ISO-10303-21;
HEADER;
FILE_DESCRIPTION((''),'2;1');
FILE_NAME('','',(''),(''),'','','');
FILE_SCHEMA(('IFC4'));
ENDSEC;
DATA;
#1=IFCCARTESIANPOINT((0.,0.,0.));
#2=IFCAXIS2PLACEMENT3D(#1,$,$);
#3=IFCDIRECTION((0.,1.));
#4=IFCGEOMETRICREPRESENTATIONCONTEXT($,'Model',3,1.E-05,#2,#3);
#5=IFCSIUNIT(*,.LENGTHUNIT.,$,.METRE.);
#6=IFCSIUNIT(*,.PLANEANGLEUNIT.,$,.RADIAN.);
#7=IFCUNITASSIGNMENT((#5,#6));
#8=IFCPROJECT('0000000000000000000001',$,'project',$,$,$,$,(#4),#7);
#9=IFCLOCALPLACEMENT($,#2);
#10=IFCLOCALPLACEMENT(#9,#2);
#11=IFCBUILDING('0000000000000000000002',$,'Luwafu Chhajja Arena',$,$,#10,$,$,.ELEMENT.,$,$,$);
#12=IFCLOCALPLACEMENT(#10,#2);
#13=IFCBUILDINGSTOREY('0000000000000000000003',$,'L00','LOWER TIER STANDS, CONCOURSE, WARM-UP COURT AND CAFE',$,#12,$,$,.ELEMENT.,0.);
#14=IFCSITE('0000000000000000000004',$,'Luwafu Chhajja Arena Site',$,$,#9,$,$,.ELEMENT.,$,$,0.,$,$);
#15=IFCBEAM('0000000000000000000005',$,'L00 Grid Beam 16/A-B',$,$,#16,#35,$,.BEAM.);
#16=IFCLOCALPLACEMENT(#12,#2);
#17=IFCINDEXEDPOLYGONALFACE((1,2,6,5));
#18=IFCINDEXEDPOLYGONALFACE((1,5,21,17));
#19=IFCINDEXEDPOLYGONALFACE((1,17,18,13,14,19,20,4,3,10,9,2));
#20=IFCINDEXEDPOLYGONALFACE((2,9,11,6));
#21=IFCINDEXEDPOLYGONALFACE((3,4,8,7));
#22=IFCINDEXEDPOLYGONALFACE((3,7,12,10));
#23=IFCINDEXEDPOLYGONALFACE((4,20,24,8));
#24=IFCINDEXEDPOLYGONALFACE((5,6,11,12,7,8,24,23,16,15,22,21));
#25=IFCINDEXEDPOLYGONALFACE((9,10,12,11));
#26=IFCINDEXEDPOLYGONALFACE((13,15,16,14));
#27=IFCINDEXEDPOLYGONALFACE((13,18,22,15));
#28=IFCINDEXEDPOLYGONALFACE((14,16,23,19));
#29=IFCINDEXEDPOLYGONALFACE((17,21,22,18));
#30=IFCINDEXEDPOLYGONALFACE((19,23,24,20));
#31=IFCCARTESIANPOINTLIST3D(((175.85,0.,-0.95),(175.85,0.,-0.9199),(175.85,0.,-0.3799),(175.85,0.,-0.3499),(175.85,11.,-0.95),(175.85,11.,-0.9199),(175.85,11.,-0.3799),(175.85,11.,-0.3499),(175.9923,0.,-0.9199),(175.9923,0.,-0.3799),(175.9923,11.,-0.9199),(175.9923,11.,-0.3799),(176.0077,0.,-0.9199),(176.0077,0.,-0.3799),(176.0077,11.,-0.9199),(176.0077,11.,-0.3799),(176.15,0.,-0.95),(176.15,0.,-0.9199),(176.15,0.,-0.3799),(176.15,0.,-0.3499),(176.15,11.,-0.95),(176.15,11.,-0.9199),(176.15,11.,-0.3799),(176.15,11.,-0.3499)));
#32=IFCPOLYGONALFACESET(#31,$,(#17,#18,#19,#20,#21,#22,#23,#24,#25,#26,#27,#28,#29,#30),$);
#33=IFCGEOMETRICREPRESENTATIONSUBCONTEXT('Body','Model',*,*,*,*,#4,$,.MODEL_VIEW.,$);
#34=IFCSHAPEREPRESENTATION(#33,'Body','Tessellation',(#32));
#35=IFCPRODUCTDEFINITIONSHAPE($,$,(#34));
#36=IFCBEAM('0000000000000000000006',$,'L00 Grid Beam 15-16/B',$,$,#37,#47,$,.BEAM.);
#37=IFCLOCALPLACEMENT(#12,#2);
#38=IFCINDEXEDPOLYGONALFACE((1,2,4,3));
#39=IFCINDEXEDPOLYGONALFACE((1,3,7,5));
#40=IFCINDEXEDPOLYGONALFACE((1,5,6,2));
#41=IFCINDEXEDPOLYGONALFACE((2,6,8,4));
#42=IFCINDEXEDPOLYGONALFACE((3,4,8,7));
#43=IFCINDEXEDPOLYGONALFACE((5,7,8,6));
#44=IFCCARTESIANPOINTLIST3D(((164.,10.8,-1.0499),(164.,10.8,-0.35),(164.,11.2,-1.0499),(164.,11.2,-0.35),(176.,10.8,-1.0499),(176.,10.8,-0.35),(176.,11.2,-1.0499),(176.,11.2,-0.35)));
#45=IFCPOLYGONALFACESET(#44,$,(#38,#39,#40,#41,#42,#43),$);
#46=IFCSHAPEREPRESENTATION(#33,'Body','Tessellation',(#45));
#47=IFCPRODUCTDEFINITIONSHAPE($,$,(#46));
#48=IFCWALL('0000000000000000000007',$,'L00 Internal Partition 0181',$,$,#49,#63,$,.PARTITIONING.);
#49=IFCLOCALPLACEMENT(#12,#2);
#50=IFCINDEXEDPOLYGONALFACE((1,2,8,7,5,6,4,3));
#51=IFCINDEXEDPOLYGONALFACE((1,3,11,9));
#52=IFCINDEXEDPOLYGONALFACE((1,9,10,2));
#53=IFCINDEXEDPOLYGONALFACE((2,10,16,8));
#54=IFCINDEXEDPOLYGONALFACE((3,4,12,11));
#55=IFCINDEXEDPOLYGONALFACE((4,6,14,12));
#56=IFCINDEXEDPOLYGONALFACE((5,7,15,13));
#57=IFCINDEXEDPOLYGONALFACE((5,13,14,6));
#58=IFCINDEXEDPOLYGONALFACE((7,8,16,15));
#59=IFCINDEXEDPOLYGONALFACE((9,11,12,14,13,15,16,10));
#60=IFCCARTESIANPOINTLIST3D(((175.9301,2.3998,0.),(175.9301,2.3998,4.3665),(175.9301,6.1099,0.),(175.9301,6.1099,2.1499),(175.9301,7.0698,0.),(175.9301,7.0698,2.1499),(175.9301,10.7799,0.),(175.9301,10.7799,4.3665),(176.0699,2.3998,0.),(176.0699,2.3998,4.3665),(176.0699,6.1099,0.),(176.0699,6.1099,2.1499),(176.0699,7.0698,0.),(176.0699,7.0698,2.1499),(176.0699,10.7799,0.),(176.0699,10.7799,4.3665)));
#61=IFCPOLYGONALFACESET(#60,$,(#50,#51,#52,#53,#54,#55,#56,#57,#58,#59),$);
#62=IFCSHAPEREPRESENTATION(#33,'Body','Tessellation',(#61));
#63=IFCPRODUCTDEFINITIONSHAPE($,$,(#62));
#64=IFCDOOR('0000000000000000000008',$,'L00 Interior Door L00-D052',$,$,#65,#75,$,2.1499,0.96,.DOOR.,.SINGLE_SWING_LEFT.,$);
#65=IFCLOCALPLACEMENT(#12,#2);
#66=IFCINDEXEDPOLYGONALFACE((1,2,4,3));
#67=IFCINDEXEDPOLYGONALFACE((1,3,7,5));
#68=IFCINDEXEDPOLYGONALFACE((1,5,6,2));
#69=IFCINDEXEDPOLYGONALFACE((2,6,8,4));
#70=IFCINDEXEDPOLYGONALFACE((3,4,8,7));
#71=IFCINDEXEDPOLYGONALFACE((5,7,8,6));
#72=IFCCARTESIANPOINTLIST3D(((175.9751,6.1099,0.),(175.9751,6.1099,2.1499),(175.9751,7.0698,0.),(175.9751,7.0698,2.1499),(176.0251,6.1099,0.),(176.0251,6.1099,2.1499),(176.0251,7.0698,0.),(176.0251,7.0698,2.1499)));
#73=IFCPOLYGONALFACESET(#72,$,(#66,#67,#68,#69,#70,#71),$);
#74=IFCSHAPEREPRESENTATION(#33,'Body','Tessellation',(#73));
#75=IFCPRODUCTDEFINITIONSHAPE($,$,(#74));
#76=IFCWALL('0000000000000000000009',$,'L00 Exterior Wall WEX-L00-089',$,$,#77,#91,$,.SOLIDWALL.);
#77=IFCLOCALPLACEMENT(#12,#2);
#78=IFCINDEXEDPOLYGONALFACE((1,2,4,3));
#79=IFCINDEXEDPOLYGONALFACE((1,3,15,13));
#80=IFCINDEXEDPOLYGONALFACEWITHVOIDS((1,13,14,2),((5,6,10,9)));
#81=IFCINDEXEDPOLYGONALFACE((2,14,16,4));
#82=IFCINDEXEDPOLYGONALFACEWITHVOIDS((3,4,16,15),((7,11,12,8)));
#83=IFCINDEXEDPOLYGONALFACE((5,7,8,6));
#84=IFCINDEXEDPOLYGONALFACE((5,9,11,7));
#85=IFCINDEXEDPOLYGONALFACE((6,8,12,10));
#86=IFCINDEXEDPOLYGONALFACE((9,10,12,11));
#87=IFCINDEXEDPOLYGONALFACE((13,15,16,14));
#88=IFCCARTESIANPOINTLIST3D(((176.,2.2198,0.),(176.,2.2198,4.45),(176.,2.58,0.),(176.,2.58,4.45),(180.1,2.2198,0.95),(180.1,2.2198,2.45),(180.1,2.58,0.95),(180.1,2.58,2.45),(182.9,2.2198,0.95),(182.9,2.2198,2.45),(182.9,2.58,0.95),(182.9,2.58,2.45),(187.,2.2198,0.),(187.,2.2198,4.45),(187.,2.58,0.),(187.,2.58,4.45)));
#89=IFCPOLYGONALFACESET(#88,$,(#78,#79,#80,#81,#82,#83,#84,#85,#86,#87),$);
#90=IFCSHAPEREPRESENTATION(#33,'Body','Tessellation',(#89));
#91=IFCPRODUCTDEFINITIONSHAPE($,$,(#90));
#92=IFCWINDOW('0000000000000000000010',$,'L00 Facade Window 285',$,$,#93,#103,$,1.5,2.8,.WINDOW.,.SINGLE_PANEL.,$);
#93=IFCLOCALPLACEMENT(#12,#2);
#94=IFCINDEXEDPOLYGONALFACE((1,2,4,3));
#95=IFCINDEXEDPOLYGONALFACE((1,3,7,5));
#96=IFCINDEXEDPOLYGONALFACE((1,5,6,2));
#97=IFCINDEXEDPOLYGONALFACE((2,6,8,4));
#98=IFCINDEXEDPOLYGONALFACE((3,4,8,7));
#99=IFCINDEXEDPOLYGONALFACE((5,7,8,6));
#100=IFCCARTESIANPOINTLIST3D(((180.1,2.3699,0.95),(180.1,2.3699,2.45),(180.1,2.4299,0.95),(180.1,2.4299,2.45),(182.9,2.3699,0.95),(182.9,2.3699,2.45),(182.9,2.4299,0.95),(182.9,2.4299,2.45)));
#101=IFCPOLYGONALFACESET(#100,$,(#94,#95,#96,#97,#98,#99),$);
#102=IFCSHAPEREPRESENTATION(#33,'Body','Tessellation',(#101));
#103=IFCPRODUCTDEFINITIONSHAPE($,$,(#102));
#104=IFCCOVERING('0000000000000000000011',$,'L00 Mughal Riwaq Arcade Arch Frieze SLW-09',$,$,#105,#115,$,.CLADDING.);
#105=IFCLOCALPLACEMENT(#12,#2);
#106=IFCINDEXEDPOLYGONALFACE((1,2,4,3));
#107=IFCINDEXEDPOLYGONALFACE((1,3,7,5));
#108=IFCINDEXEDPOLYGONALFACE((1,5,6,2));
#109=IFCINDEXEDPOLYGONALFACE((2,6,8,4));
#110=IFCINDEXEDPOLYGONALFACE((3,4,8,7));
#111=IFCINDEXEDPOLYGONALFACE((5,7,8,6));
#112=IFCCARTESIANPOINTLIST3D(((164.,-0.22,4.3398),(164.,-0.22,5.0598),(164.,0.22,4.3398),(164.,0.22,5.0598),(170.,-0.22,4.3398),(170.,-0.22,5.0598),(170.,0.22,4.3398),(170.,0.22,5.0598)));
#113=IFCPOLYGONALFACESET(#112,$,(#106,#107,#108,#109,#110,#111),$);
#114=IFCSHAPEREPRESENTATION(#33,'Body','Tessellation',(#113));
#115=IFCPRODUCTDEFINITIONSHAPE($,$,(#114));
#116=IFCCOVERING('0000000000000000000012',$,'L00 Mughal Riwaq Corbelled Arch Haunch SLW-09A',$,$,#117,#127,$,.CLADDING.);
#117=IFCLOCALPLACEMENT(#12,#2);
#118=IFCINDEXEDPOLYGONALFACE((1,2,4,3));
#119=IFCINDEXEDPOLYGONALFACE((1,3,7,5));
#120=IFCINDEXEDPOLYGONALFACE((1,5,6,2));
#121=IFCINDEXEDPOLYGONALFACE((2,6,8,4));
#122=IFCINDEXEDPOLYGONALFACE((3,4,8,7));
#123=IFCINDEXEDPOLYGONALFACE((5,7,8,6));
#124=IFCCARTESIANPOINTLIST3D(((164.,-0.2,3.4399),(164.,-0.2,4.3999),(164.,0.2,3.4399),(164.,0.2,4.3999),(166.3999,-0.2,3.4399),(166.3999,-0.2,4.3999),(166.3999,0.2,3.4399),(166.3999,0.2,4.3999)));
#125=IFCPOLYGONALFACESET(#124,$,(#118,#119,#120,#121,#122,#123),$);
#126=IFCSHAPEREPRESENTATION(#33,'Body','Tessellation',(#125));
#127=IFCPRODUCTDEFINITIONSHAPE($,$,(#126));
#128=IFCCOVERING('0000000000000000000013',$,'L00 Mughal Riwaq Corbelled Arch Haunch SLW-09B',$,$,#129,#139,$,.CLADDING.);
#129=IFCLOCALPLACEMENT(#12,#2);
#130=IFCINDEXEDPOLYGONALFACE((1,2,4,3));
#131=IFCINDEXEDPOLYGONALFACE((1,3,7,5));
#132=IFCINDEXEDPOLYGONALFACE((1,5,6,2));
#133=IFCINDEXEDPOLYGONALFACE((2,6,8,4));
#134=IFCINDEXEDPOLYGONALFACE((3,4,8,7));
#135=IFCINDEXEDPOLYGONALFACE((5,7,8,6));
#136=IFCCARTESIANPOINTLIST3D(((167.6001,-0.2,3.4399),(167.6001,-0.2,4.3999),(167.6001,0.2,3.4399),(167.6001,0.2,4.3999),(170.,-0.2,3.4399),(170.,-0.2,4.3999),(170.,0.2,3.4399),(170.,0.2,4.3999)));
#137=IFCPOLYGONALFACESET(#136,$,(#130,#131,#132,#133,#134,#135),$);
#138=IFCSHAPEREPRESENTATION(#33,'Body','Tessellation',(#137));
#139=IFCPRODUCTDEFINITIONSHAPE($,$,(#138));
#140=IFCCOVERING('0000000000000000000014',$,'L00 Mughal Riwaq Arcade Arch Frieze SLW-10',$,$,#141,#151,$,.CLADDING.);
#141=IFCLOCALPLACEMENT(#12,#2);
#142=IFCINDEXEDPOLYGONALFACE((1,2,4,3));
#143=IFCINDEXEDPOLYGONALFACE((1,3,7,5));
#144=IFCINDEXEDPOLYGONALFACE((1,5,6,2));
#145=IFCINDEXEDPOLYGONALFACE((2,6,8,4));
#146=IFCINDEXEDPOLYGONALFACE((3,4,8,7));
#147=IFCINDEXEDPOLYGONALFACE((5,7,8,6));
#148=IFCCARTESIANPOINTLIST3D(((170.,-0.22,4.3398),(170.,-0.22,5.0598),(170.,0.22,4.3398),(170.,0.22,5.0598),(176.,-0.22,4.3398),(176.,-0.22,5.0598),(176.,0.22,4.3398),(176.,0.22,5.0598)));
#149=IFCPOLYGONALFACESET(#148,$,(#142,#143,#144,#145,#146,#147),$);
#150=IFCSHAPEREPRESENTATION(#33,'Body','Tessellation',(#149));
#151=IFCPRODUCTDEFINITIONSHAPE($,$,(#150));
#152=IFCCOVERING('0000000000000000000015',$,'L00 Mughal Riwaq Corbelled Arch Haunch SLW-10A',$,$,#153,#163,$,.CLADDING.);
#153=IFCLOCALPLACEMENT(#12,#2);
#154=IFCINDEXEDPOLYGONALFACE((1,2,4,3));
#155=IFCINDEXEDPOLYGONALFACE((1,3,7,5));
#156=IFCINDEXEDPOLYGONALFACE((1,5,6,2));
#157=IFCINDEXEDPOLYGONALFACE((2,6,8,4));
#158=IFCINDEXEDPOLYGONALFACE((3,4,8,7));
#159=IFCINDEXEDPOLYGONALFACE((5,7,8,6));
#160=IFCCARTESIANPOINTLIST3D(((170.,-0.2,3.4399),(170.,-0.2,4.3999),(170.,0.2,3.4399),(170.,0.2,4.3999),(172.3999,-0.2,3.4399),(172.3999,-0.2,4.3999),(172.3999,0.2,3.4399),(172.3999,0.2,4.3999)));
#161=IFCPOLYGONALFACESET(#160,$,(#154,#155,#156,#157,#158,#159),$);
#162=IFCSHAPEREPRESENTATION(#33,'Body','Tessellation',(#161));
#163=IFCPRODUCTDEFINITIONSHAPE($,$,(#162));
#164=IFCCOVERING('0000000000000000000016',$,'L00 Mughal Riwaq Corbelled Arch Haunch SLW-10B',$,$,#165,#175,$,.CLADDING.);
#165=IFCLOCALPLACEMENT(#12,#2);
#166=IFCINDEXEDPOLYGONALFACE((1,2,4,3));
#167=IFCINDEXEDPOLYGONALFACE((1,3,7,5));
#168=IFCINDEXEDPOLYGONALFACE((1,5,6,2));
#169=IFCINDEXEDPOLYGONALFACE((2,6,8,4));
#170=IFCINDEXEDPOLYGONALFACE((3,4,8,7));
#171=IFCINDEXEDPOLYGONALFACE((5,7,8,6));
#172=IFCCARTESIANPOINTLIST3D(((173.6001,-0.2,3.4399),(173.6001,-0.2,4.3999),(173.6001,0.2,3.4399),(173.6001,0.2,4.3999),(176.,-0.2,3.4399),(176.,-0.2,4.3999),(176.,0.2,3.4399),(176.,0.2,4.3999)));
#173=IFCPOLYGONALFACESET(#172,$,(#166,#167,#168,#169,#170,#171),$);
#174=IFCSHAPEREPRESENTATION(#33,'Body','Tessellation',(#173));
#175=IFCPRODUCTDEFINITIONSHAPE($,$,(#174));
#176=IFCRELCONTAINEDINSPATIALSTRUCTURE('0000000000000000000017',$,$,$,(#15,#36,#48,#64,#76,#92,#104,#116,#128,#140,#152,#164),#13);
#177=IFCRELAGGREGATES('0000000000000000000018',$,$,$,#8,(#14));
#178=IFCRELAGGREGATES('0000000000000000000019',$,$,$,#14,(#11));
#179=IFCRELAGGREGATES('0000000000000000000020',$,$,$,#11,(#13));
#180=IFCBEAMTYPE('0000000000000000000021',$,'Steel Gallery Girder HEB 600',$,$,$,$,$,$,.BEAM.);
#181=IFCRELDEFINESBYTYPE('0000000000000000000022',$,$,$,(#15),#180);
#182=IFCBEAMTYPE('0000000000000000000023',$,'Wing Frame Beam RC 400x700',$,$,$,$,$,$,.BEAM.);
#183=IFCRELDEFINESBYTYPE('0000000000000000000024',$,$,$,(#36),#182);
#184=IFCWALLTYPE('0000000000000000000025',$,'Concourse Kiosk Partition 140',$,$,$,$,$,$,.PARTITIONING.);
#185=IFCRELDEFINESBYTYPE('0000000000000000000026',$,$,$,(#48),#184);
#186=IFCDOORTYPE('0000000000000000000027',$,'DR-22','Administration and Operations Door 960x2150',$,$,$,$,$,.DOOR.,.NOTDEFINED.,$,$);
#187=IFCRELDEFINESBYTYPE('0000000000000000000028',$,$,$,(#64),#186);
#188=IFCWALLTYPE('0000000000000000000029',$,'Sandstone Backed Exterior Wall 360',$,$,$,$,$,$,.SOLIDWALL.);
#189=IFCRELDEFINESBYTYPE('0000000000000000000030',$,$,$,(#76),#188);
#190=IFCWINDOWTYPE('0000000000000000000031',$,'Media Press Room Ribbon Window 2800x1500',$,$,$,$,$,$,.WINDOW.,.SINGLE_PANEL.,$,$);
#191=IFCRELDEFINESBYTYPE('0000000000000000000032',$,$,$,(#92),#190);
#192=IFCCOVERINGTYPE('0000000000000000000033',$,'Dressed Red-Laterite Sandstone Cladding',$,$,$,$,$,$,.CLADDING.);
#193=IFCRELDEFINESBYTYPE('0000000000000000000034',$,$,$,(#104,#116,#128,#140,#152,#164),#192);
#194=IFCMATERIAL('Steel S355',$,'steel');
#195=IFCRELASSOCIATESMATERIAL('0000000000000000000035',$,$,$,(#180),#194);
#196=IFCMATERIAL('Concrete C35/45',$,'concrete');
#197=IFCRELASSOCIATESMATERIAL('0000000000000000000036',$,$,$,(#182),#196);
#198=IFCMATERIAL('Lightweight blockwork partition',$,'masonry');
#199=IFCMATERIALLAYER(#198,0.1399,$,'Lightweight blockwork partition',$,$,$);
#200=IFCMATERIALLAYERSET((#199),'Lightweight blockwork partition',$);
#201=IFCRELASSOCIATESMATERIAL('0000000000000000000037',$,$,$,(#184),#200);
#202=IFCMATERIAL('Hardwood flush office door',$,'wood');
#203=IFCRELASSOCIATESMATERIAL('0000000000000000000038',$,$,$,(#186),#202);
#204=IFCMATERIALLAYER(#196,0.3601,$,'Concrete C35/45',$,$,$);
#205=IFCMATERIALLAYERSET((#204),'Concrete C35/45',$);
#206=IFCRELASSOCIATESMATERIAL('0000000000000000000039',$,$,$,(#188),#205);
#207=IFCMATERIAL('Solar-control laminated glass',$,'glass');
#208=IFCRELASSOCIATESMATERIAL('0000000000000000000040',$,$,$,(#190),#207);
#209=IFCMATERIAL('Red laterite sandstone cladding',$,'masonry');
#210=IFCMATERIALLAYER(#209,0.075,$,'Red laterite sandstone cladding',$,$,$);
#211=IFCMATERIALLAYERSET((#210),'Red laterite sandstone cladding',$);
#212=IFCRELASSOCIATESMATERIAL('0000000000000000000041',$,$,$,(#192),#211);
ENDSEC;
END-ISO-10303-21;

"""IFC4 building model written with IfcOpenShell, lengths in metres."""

from ifc_helpers import new_model, si_unit, direction, frame, frame_2d, origin, origin_2d, place, context, subcontext, project, spatial, rectangle, i_section, extrude, material, layer, layer_set, material_profile, profile_set, type_object, element, fill, save


model = new_model("IFC4")

# Units and contexts
model_context = context("Model", 3, precision=1e-05, world=origin(), true_north=direction((0.0, 1.0)))
body_context = subcontext(model_context, "Body", "Model", "MODEL_VIEW")
ifc_project = project(units=[si_unit("LENGTHUNIT", "METRE"), si_unit("PLANEANGLEUNIT", "RADIAN")], contexts=[model_context])

# Site, building, storey
site_placement = place(None, origin())
site = spatial("IfcSite", under=ifc_project, at=site_placement, Name="Luwafu Chhajja Arena Site", CompositionType="ELEMENT", RefElevation=0.0)
building_placement = place(site_placement, origin())
building = spatial("IfcBuilding", under=site, at=building_placement, Name="Luwafu Chhajja Arena", CompositionType="ELEMENT")
storey_placement = place(building_placement, origin())
storey = spatial("IfcBuildingStorey", under=building, at=storey_placement, Name="L00", Description="LOWER TIER STANDS, CONCOURSE, WARM-UP COURT AND CAFE", CompositionType="ELEMENT", Elevation=0.0)

# Shared definitions
ifc_material_1 = material(Name="Concrete C35/45", Category="concrete")

# Beams
ifc_material_2 = material(Name="Steel S355", Category="steel")
ifc_material_profile_1 = material_profile(ifc_material_2, i_section(OverallWidth=0.3, OverallDepth=0.6001, WebThickness=0.0154, FlangeThickness=0.03, at=origin_2d()), Name="HEB 600")
ifc_profile_set_1 = profile_set([ifc_material_profile_1], Name="Steel S355")
beam_type_1 = type_object("IfcBeamType", Name="Steel Gallery Girder HEB 600", PredefinedType="BEAM", material=ifc_profile_set_1)
beam_1_placement = place(storey_placement, frame((176.0, 0.0, -0.6499), z_axis=(0.0, 1.0, 0.0), x_axis=(-1.0, 0.0, 0.0)))
element("IfcBeam", 1, at=beam_1_placement, inside=storey, type_object=beam_type_1, Name="L00 Grid Beam 16/A-B", PredefinedType="BEAM", context=body_context, shape_type="SweptSolid", body=[
    extrude(i_section(OverallWidth=0.3, OverallDepth=0.6001, WebThickness=0.0154, FlangeThickness=0.03, at=origin_2d()), origin(), (0.0, 0.0, 1.0), 11.0),
])
ifc_material_profile_2 = material_profile(ifc_material_1, rectangle(XDim=0.3999, YDim=0.7, at=origin_2d()), Name="RC 400x700")
ifc_profile_set_2 = profile_set([ifc_material_profile_2], Name="Concrete C35/45")
beam_type_2 = type_object("IfcBeamType", Name="Wing Frame Beam RC 400x700", PredefinedType="BEAM", material=ifc_profile_set_2)
beam_2_placement = place(storey_placement, frame((164.0, 11.0, -0.7), z_axis=(1.0, 0.0, 0.0), x_axis=(0.0, 1.0, 0.0)))
element("IfcBeam", 2, at=beam_2_placement, inside=storey, type_object=beam_type_2, Name="L00 Grid Beam 15-16/B", PredefinedType="BEAM", context=body_context, shape_type="SweptSolid", body=[
    extrude(rectangle(XDim=0.3999, YDim=0.7, at=origin_2d()), origin(), (0.0, 0.0, 1.0), 12.0),
])

# Wall, opening, door
ifc_material_3 = material(Name="Lightweight blockwork partition", Category="masonry")
ifc_layer_1 = layer(ifc_material_3, 0.1399, Name="Lightweight blockwork partition")
ifc_layer_set_1 = layer_set([ifc_layer_1], Name="Lightweight blockwork partition")
wall_type_1 = type_object("IfcWallType", Name="Concourse Kiosk Partition 140", PredefinedType="PARTITIONING", material=ifc_layer_set_1)
wall_1_placement = place(storey_placement, frame((176.0, 2.3999, 0.0), z_axis=(0.0, 0.0, 1.0), x_axis=(0.0, 1.0, 0.0)))
wall_1 = element("IfcWall", 3, at=wall_1_placement, inside=storey, type_object=wall_type_1, Name="L00 Internal Partition 0181", PredefinedType="PARTITIONING", context=body_context, shape_type="SweptSolid", body=[
    extrude(rectangle(XDim=8.3801, YDim=0.1399, at=frame_2d((4.1899, 0.0))), origin(), (0.0, 0.0, 1.0), 4.3665),
])
opening_1_placement = place(wall_1_placement, frame((3.71, 0.0, 0.0)))
opening_1 = element("IfcOpeningElement", 4, at=opening_1_placement, cuts=wall_1, PredefinedType="OPENING", context=body_context, shape_type="SweptSolid", body=[
    extrude(rectangle(XDim=0.96, YDim=2.1499, at=frame_2d((0.48, 1.075))), frame((0.0, 0.0798, 0.0), z_axis=(0.0, -1.0, 0.0), x_axis=(1.0, 0.0, 0.0)), (0.0, 0.0, 1.0), 0.1599),
])
ifc_material_4 = material(Name="Hardwood flush office door", Category="wood")
door_type = type_object("IfcDoorType", Name="DR-22", Description="Administration and Operations Door 960x2150", OperationType="NOTDEFINED", PredefinedType="DOOR", material=ifc_material_4)
door_placement = place(opening_1_placement, origin())
door = element("IfcDoor", 5, at=door_placement, inside=storey, type_object=door_type, Name="L00 Interior Door L00-D052", OperationType="SINGLE_SWING_LEFT", OverallHeight=2.1499, OverallWidth=0.96, PredefinedType="DOOR", context=body_context, shape_type="SweptSolid", body=[
    extrude(rectangle(XDim=0.96, YDim=2.1499, at=frame_2d((0.48, 1.075))), frame((0.0, 0.0249, 0.0), z_axis=(0.0, -1.0, 0.0), x_axis=(1.0, 0.0, 0.0)), (0.0, 0.0, 1.0), 0.05),
])
fill(opening_1, door)

# Wall, opening, window
ifc_layer_2 = layer(ifc_material_1, 0.3601, Name="Concrete C35/45")
ifc_layer_set_2 = layer_set([ifc_layer_2], Name="Concrete C35/45")
wall_type_2 = type_object("IfcWallType", Name="Sandstone Backed Exterior Wall 360", PredefinedType="SOLIDWALL", material=ifc_layer_set_2)
wall_2_placement = place(storey_placement, frame((176.0, 2.3999, 0.0), z_axis=(0.0, 0.0, 1.0), x_axis=(1.0, 0.0, 0.0)))
wall_2 = element("IfcWall", 6, at=wall_2_placement, inside=storey, type_object=wall_type_2, Name="L00 Exterior Wall WEX-L00-089", PredefinedType="SOLIDWALL", context=body_context, shape_type="SweptSolid", body=[
    extrude(rectangle(XDim=11.0, YDim=0.3601, at=frame_2d((5.5, 0.0))), origin(), (0.0, 0.0, 1.0), 4.45),
])
opening_2_placement = place(wall_2_placement, frame((4.1001, 0.0, 0.95)))
opening_2 = element("IfcOpeningElement", 7, at=opening_2_placement, cuts=wall_2, PredefinedType="OPENING", context=body_context, shape_type="SweptSolid", body=[
    extrude(rectangle(XDim=2.8, YDim=1.5, at=frame_2d((1.3999, 0.75))), frame((0.0, 0.1899, 0.0), z_axis=(0.0, -1.0, 0.0), x_axis=(1.0, 0.0, 0.0)), (0.0, 0.0, 1.0), 0.3801),
])
ifc_material_5 = material(Name="Solar-control laminated glass", Category="glass")
window_type = type_object("IfcWindowType", Name="Media Press Room Ribbon Window 2800x1500", PartitioningType="SINGLE_PANEL", PredefinedType="WINDOW", material=ifc_material_5)
window_placement = place(opening_2_placement, origin())
window = element("IfcWindow", 8, at=window_placement, inside=storey, type_object=window_type, Name="L00 Facade Window 285", OverallHeight=1.5, OverallWidth=2.8, PartitioningType="SINGLE_PANEL", PredefinedType="WINDOW", context=body_context, shape_type="SweptSolid", body=[
    extrude(rectangle(XDim=2.8, YDim=1.5, at=frame_2d((1.3999, 0.75))), frame((0.0, 0.03, 0.0), z_axis=(0.0, -1.0, 0.0), x_axis=(1.0, 0.0, 0.0)), (0.0, 0.0, 1.0), 0.0601),
])
fill(opening_2, window)

# Coverings
ifc_material_6 = material(Name="Red laterite sandstone cladding", Category="masonry")
ifc_layer_3 = layer(ifc_material_6, 0.075, Name="Red laterite sandstone cladding")
ifc_layer_set_3 = layer_set([ifc_layer_3], Name="Red laterite sandstone cladding")
covering_type = type_object("IfcCoveringType", Name="Dressed Red-Laterite Sandstone Cladding", PredefinedType="CLADDING", material=ifc_layer_set_3)
covering_1_placement = place(storey_placement, frame((167.0, 0.0, 4.3398), z_axis=(0.0, 0.0, 1.0), x_axis=(1.0, 0.0, 0.0)))
element("IfcCovering", 9, at=covering_1_placement, inside=storey, type_object=covering_type, Name="L00 Mughal Riwaq Arcade Arch Frieze SLW-09", PredefinedType="CLADDING", context=body_context, shape_type="SweptSolid", body=[
    extrude(rectangle(XDim=6.0, YDim=0.4399, at=origin_2d()), origin(), (0.0, 0.0, 1.0), 0.72),
])
for number, where, z_axis, x_axis, name in (
    (10, (165.2, 0.0, 3.4399), (0.0, 0.0, 1.0), (1.0, 0.0, 0.0), "L00 Mughal Riwaq Corbelled Arch Haunch SLW-09A"),
    (11, (168.8, 0.0, 3.4399), (0.0, 0.0, 1.0), (1.0, 0.0, 0.0), "L00 Mughal Riwaq Corbelled Arch Haunch SLW-09B"),
):
    element("IfcCovering", number, at=place(storey_placement, frame(where, z_axis=z_axis, x_axis=x_axis)), inside=storey, type_object=covering_type, Name=name, PredefinedType="CLADDING", context=body_context, shape_type="SweptSolid", body=[
        extrude(rectangle(XDim=2.3999, YDim=0.3999, at=origin_2d()), origin(), (0.0, 0.0, 1.0), 0.96),
    ])
covering_2_placement = place(storey_placement, frame((173.0, 0.0, 4.3398), z_axis=(0.0, 0.0, 1.0), x_axis=(1.0, 0.0, 0.0)))
element("IfcCovering", 12, at=covering_2_placement, inside=storey, type_object=covering_type, Name="L00 Mughal Riwaq Arcade Arch Frieze SLW-10", PredefinedType="CLADDING", context=body_context, shape_type="SweptSolid", body=[
    extrude(rectangle(XDim=6.0, YDim=0.4399, at=origin_2d()), origin(), (0.0, 0.0, 1.0), 0.72),
])
for number, where, z_axis, x_axis, name in (
    (13, (171.2, 0.0, 3.4399), (0.0, 0.0, 1.0), (1.0, 0.0, 0.0), "L00 Mughal Riwaq Corbelled Arch Haunch SLW-10A"),
    (14, (174.8, 0.0, 3.4399), (0.0, 0.0, 1.0), (1.0, 0.0, 0.0), "L00 Mughal Riwaq Corbelled Arch Haunch SLW-10B"),
):
    element("IfcCovering", number, at=place(storey_placement, frame(where, z_axis=z_axis, x_axis=x_axis)), inside=storey, type_object=covering_type, Name=name, PredefinedType="CLADDING", context=body_context, shape_type="SweptSolid", body=[
        extrude(rectangle(XDim=2.3999, YDim=0.3999, at=origin_2d()), origin(), (0.0, 0.0, 1.0), 0.96),
    ])

save(model, "model.ifc")
